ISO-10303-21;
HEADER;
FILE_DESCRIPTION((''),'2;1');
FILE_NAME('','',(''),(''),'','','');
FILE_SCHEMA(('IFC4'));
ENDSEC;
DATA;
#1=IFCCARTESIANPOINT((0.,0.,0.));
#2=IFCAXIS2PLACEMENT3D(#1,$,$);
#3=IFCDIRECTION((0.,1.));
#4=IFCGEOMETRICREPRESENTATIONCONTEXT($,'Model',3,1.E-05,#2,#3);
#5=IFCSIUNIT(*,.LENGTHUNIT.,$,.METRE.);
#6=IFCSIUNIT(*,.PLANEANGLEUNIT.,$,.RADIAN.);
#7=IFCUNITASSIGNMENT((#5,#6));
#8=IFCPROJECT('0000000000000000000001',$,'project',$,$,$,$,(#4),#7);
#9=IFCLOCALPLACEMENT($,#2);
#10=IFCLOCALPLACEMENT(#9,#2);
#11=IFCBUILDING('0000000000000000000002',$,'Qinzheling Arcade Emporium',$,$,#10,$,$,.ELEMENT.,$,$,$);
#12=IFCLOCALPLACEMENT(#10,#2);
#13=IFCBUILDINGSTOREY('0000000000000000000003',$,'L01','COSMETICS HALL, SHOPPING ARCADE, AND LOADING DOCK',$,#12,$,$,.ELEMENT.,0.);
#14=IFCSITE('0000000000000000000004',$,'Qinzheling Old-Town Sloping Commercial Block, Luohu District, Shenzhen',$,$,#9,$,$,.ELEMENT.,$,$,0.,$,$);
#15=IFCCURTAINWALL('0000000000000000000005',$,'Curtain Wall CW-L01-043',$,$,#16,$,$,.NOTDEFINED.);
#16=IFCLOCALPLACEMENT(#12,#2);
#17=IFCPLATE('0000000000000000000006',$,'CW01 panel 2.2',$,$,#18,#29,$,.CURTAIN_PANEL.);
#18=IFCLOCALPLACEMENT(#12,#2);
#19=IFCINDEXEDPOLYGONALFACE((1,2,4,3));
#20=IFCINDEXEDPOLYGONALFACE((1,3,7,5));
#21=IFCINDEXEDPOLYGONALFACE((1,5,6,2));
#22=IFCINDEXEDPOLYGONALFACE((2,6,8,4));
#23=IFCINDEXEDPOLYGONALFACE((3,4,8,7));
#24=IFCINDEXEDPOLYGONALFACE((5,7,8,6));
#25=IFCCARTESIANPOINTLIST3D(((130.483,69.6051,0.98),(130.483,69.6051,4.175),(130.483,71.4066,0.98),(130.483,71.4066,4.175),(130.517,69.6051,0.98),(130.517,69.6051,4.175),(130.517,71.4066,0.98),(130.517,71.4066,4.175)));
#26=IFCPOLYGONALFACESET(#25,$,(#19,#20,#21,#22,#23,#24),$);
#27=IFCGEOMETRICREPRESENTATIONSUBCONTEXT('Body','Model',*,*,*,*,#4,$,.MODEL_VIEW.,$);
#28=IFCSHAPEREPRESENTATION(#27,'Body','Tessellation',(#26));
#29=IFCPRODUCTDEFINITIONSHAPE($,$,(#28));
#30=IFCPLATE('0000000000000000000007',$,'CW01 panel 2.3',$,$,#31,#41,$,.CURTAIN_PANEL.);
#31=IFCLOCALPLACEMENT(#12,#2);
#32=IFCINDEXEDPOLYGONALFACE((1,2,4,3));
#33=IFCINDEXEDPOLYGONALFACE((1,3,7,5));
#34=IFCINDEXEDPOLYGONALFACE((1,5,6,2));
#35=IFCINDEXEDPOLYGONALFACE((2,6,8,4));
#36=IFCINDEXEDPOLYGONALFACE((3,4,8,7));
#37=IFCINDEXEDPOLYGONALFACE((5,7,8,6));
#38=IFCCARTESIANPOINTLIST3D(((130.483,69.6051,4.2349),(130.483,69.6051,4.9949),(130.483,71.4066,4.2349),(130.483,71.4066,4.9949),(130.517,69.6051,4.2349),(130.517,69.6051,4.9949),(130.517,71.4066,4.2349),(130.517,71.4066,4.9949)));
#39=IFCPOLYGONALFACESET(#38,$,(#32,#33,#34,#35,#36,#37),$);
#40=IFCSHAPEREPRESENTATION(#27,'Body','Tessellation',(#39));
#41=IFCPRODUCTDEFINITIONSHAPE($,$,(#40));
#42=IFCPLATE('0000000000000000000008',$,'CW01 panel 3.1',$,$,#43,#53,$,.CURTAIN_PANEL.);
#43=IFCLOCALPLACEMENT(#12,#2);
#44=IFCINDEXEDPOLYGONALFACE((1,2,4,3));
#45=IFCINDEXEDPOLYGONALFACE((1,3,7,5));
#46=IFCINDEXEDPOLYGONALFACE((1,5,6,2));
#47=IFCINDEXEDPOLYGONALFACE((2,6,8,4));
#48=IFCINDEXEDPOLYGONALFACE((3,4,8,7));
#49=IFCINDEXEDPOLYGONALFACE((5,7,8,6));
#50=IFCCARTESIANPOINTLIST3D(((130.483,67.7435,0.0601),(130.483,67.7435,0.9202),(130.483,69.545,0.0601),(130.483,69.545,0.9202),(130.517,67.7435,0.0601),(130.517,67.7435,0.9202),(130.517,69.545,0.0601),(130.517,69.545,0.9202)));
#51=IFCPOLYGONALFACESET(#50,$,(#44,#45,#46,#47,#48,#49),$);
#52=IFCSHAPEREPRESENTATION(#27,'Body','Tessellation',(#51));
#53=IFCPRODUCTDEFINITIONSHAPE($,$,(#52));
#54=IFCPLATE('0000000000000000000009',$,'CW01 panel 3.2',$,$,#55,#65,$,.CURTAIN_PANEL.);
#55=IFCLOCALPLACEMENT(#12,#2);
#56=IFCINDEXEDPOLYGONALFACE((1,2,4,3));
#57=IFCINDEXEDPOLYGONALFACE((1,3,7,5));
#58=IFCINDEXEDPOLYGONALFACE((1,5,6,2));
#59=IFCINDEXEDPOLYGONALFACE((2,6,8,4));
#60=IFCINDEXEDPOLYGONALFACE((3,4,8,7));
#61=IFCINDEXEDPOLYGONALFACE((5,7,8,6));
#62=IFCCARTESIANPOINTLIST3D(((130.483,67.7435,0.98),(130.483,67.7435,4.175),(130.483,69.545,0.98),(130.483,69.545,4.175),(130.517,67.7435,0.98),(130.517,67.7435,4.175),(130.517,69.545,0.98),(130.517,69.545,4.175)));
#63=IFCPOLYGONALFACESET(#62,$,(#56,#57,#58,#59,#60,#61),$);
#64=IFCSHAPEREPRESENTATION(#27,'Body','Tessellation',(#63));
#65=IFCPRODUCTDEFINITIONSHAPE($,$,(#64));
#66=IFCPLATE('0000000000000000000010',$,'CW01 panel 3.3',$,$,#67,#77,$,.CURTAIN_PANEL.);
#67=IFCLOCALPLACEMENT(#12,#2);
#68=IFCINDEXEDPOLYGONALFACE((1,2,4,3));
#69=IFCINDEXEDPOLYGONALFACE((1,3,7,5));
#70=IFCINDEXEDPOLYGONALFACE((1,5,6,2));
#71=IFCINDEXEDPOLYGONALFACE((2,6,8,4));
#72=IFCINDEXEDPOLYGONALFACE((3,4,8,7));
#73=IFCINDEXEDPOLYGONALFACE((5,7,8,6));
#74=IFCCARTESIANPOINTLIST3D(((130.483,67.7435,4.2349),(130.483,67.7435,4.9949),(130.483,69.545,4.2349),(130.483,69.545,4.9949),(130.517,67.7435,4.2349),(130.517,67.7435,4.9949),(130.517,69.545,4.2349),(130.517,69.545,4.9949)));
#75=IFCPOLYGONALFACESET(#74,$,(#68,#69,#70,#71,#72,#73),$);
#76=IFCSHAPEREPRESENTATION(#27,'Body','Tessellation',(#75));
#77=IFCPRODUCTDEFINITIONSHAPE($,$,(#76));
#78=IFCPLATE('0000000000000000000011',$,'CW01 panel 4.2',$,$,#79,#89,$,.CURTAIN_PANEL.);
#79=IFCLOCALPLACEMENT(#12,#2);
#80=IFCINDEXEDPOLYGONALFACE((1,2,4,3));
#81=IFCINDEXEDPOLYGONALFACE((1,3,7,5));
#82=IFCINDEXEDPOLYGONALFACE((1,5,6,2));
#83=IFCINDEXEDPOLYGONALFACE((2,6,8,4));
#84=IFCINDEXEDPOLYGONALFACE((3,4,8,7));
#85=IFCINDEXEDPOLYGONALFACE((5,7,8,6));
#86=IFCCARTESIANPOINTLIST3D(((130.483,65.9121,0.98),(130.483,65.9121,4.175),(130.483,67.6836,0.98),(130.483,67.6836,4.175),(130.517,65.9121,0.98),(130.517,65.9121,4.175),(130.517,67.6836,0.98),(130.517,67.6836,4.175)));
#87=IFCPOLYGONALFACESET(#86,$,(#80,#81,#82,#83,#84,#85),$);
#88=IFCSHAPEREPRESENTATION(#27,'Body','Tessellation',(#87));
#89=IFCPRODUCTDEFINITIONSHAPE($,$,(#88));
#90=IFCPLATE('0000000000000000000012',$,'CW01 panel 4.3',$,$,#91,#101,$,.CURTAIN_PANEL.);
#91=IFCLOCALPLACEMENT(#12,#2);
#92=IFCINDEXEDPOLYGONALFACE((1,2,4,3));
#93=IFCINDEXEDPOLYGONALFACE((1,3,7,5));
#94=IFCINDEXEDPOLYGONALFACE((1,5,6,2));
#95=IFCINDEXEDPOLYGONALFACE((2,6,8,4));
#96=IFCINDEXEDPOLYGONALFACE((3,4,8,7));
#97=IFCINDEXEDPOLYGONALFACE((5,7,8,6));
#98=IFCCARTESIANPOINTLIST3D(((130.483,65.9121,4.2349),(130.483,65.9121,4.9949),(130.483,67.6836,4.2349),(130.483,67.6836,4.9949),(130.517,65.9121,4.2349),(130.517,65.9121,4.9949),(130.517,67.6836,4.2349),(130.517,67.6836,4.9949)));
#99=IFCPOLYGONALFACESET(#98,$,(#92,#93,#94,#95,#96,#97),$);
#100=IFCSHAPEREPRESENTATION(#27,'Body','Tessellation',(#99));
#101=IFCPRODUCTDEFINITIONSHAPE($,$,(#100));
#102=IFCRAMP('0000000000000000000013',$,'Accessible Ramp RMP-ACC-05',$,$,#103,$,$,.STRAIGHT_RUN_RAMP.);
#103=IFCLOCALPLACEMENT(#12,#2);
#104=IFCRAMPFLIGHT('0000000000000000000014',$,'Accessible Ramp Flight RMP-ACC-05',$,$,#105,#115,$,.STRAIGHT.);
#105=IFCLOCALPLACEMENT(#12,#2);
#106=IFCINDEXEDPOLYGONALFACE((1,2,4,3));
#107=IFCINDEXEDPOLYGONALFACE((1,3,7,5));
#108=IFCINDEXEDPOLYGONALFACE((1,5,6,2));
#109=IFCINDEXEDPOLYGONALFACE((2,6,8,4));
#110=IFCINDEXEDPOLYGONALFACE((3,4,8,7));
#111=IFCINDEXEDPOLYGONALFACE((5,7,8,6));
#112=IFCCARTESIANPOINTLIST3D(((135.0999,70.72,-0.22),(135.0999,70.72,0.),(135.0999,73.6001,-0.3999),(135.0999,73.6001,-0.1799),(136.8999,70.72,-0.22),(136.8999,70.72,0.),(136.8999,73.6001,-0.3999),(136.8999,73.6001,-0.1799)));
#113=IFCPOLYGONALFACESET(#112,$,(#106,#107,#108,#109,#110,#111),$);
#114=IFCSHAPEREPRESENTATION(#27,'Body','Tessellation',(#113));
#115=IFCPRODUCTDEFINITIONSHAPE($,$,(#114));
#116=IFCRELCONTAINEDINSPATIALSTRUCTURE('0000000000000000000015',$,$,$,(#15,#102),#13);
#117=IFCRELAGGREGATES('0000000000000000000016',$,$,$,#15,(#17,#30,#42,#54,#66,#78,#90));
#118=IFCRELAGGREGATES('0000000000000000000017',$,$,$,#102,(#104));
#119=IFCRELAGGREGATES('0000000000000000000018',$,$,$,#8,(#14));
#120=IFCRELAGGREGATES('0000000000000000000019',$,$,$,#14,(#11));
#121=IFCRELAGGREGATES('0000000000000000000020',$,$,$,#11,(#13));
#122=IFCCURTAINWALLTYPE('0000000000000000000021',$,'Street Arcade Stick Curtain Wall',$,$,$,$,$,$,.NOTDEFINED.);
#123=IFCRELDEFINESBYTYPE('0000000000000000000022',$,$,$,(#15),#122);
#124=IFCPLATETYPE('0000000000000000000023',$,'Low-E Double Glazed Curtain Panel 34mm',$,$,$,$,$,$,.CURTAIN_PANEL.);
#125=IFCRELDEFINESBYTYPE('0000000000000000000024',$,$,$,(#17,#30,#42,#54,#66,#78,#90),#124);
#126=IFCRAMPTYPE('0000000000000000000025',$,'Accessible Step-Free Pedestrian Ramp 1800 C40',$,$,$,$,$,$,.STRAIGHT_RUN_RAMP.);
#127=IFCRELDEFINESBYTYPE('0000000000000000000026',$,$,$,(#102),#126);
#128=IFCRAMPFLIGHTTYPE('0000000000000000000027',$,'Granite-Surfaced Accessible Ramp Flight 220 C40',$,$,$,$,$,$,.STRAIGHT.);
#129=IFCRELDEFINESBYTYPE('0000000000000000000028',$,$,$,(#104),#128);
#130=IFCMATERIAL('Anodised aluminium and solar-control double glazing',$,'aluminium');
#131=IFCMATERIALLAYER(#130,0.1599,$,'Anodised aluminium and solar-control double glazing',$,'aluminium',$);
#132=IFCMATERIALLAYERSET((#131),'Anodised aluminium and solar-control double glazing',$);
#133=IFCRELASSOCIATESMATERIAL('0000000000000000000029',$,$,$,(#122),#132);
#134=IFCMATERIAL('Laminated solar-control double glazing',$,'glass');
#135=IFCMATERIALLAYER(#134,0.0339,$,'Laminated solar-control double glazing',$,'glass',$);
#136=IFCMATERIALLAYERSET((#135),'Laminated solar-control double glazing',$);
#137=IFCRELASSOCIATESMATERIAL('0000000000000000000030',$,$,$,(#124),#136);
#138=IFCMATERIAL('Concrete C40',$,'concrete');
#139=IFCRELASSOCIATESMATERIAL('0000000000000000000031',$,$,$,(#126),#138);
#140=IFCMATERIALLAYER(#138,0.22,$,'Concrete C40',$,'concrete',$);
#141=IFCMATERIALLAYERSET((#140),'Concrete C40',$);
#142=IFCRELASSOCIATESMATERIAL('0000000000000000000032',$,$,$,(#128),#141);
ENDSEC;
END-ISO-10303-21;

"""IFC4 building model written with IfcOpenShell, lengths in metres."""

from ifc_helpers import new_model, si_unit, direction, frame, origin, origin_2d, place, context, subcontext, project, spatial, polyline, rectangle, outline, extrude, material, layer, layer_set, type_object, element, aggregate, save


model = new_model("IFC4")

# Units and contexts
model_context = context("Model", 3, precision=1e-05, world=origin(), true_north=direction((0.0, 1.0)))
body_context = subcontext(model_context, "Body", "Model", "MODEL_VIEW")
ifc_project = project(units=[si_unit("LENGTHUNIT", "METRE"), si_unit("PLANEANGLEUNIT", "RADIAN")], contexts=[model_context])

# Site, building, storey
site_placement = place(None, origin())
site = spatial("IfcSite", under=ifc_project, at=site_placement, Name="Qinzheling Old-Town Sloping Commercial Block, Luohu District, Shenzhen", CompositionType="ELEMENT", RefElevation=0.0)
building_placement = place(site_placement, origin())
building = spatial("IfcBuilding", under=site, at=building_placement, Name="Qinzheling Arcade Emporium", CompositionType="ELEMENT")
storey_placement = place(building_placement, origin())
storey = spatial("IfcBuildingStorey", under=building, at=storey_placement, Name="L01", Description="COSMETICS HALL, SHOPPING ARCADE, AND LOADING DOCK", CompositionType="ELEMENT", Elevation=0.0)

# Curtain wall, plates
ifc_material_1 = material(Name="Anodised aluminium and solar-control double glazing", Category="aluminium")
ifc_layer_1 = layer(ifc_material_1, 0.1599, Name="Anodised aluminium and solar-control double glazing", Category="aluminium")
ifc_layer_set_1 = layer_set([ifc_layer_1], Name="Anodised aluminium and solar-control double glazing")
curtain_wall_type = type_object("IfcCurtainWallType", Name="Street Arcade Stick Curtain Wall", PredefinedType="NOTDEFINED", material=ifc_layer_set_1)
curtain_wall_placement = place(storey_placement, origin())
curtain_wall = element("IfcCurtainWall", 1, at=curtain_wall_placement, inside=storey, type_object=curtain_wall_type, Name="Curtain Wall CW-L01-043", PredefinedType="NOTDEFINED")
ifc_material_2 = material(Name="Laminated solar-control double glazing", Category="glass")
ifc_layer_2 = layer(ifc_material_2, 0.0339, Name="Laminated solar-control double glazing", Category="glass")
ifc_layer_set_2 = layer_set([ifc_layer_2], Name="Laminated solar-control double glazing")
plate_type = type_object("IfcPlateType", Name="Low-E Double Glazed Curtain Panel 34mm", PredefinedType="CURTAIN_PANEL", material=ifc_layer_set_2)
plate_1_placement = place(storey_placement, frame((130.5, 70.5059, 0.98), z_axis=(0.0, 0.0, 1.0), x_axis=(0.0, -1.0, 0.0)))
plate_1 = element("IfcPlate", 2, at=plate_1_placement, type_object=plate_type, Name="CW01 panel 2.2", PredefinedType="CURTAIN_PANEL", context=body_context, shape_type="SweptSolid", body=[
    extrude(rectangle(XDim=1.8015, YDim=0.0339, at=origin_2d()), origin(), (0.0, 0.0, 1.0), 3.1951),
])
plate_2_placement = place(storey_placement, frame((130.5, 70.5059, 4.2349), z_axis=(0.0, 0.0, 1.0), x_axis=(0.0, -1.0, 0.0)))
plate_2 = element("IfcPlate", 3, at=plate_2_placement, type_object=plate_type, Name="CW01 panel 2.3", PredefinedType="CURTAIN_PANEL", context=body_context, shape_type="SweptSolid", body=[
    extrude(rectangle(XDim=1.8015, YDim=0.0339, at=origin_2d()), origin(), (0.0, 0.0, 1.0), 0.76),
])
plate_3_placement = place(storey_placement, frame((130.5, 68.6443, 0.0601), z_axis=(0.0, 0.0, 1.0), x_axis=(0.0, -1.0, 0.0)))
plate_3 = element("IfcPlate", 4, at=plate_3_placement, type_object=plate_type, Name="CW01 panel 3.1", PredefinedType="CURTAIN_PANEL", context=body_context, shape_type="SweptSolid", body=[
    extrude(rectangle(XDim=1.8015, YDim=0.0339, at=origin_2d()), origin(), (0.0, 0.0, 1.0), 0.8601),
])
plate_4_placement = place(storey_placement, frame((130.5, 68.6443, 0.98), z_axis=(0.0, 0.0, 1.0), x_axis=(0.0, -1.0, 0.0)))
plate_4 = element("IfcPlate", 5, at=plate_4_placement, type_object=plate_type, Name="CW01 panel 3.2", PredefinedType="CURTAIN_PANEL", context=body_context, shape_type="SweptSolid", body=[
    extrude(rectangle(XDim=1.8015, YDim=0.0339, at=origin_2d()), origin(), (0.0, 0.0, 1.0), 3.1951),
])
plate_5_placement = place(storey_placement, frame((130.5, 68.6443, 4.2349), z_axis=(0.0, 0.0, 1.0), x_axis=(0.0, -1.0, 0.0)))
plate_5 = element("IfcPlate", 6, at=plate_5_placement, type_object=plate_type, Name="CW01 panel 3.3", PredefinedType="CURTAIN_PANEL", context=body_context, shape_type="SweptSolid", body=[
    extrude(rectangle(XDim=1.8015, YDim=0.0339, at=origin_2d()), origin(), (0.0, 0.0, 1.0), 0.76),
])
plate_6_placement = place(storey_placement, frame((130.5, 66.7979, 0.98), z_axis=(0.0, 0.0, 1.0), x_axis=(0.0, -1.0, 0.0)))
plate_6 = element("IfcPlate", 7, at=plate_6_placement, type_object=plate_type, Name="CW01 panel 4.2", PredefinedType="CURTAIN_PANEL", context=body_context, shape_type="SweptSolid", body=[
    extrude(rectangle(XDim=1.7715, YDim=0.0339, at=origin_2d()), origin(), (0.0, 0.0, 1.0), 3.1951),
])
plate_7_placement = place(storey_placement, frame((130.5, 66.7979, 4.2349), z_axis=(0.0, 0.0, 1.0), x_axis=(0.0, -1.0, 0.0)))
plate_7 = element("IfcPlate", 8, at=plate_7_placement, type_object=plate_type, Name="CW01 panel 4.3", PredefinedType="CURTAIN_PANEL", context=body_context, shape_type="SweptSolid", body=[
    extrude(rectangle(XDim=1.7715, YDim=0.0339, at=origin_2d()), origin(), (0.0, 0.0, 1.0), 0.76),
])
aggregate(curtain_wall, [plate_1, plate_2, plate_3, plate_4, plate_5, plate_6, plate_7])

# Ramp, ramp flight
ifc_material_3 = material(Name="Concrete C40", Category="concrete")
ramp_type = type_object("IfcRampType", Name="Accessible Step-Free Pedestrian Ramp 1800 C40", PredefinedType="STRAIGHT_RUN_RAMP", material=ifc_material_3)
ramp_placement = place(storey_placement, origin())
ramp = element("IfcRamp", 9, at=ramp_placement, inside=storey, type_object=ramp_type, Name="Accessible Ramp RMP-ACC-05", PredefinedType="STRAIGHT_RUN_RAMP")
ifc_layer_3 = layer(ifc_material_3, 0.22, Name="Concrete C40", Category="concrete")
ifc_layer_set_3 = layer_set([ifc_layer_3], Name="Concrete C40")
ramp_flight_type = type_object("IfcRampFlightType", Name="Granite-Surfaced Accessible Ramp Flight 220 C40", PredefinedType="STRAIGHT", material=ifc_layer_set_3)
ramp_flight_placement = place(storey_placement, frame((136.0, 73.6001, -0.1799), z_axis=(0.0, 0.0, 1.0), x_axis=(0.0, -1.0, 0.0)))
ramp_flight = element("IfcRampFlight", 10, at=ramp_flight_placement, type_object=ramp_flight_type, Name="Accessible Ramp Flight RMP-ACC-05", PredefinedType="STRAIGHT", context=body_context, shape_type="SweptSolid", body=[
    extrude(outline(polyline([(0.0, 0.0), (2.8801, 0.1799), (2.8801, -0.04), (0.0, -0.22), (0.0, 0.0)])), frame((0.0, 0.8999, 0.0), z_axis=(0.0, -1.0, 0.0), x_axis=(1.0, 0.0, 0.0)), (0.0, 0.0, 1.0), 1.8),
])
aggregate(ramp, [ramp_flight])

save(model, "model.ifc")
